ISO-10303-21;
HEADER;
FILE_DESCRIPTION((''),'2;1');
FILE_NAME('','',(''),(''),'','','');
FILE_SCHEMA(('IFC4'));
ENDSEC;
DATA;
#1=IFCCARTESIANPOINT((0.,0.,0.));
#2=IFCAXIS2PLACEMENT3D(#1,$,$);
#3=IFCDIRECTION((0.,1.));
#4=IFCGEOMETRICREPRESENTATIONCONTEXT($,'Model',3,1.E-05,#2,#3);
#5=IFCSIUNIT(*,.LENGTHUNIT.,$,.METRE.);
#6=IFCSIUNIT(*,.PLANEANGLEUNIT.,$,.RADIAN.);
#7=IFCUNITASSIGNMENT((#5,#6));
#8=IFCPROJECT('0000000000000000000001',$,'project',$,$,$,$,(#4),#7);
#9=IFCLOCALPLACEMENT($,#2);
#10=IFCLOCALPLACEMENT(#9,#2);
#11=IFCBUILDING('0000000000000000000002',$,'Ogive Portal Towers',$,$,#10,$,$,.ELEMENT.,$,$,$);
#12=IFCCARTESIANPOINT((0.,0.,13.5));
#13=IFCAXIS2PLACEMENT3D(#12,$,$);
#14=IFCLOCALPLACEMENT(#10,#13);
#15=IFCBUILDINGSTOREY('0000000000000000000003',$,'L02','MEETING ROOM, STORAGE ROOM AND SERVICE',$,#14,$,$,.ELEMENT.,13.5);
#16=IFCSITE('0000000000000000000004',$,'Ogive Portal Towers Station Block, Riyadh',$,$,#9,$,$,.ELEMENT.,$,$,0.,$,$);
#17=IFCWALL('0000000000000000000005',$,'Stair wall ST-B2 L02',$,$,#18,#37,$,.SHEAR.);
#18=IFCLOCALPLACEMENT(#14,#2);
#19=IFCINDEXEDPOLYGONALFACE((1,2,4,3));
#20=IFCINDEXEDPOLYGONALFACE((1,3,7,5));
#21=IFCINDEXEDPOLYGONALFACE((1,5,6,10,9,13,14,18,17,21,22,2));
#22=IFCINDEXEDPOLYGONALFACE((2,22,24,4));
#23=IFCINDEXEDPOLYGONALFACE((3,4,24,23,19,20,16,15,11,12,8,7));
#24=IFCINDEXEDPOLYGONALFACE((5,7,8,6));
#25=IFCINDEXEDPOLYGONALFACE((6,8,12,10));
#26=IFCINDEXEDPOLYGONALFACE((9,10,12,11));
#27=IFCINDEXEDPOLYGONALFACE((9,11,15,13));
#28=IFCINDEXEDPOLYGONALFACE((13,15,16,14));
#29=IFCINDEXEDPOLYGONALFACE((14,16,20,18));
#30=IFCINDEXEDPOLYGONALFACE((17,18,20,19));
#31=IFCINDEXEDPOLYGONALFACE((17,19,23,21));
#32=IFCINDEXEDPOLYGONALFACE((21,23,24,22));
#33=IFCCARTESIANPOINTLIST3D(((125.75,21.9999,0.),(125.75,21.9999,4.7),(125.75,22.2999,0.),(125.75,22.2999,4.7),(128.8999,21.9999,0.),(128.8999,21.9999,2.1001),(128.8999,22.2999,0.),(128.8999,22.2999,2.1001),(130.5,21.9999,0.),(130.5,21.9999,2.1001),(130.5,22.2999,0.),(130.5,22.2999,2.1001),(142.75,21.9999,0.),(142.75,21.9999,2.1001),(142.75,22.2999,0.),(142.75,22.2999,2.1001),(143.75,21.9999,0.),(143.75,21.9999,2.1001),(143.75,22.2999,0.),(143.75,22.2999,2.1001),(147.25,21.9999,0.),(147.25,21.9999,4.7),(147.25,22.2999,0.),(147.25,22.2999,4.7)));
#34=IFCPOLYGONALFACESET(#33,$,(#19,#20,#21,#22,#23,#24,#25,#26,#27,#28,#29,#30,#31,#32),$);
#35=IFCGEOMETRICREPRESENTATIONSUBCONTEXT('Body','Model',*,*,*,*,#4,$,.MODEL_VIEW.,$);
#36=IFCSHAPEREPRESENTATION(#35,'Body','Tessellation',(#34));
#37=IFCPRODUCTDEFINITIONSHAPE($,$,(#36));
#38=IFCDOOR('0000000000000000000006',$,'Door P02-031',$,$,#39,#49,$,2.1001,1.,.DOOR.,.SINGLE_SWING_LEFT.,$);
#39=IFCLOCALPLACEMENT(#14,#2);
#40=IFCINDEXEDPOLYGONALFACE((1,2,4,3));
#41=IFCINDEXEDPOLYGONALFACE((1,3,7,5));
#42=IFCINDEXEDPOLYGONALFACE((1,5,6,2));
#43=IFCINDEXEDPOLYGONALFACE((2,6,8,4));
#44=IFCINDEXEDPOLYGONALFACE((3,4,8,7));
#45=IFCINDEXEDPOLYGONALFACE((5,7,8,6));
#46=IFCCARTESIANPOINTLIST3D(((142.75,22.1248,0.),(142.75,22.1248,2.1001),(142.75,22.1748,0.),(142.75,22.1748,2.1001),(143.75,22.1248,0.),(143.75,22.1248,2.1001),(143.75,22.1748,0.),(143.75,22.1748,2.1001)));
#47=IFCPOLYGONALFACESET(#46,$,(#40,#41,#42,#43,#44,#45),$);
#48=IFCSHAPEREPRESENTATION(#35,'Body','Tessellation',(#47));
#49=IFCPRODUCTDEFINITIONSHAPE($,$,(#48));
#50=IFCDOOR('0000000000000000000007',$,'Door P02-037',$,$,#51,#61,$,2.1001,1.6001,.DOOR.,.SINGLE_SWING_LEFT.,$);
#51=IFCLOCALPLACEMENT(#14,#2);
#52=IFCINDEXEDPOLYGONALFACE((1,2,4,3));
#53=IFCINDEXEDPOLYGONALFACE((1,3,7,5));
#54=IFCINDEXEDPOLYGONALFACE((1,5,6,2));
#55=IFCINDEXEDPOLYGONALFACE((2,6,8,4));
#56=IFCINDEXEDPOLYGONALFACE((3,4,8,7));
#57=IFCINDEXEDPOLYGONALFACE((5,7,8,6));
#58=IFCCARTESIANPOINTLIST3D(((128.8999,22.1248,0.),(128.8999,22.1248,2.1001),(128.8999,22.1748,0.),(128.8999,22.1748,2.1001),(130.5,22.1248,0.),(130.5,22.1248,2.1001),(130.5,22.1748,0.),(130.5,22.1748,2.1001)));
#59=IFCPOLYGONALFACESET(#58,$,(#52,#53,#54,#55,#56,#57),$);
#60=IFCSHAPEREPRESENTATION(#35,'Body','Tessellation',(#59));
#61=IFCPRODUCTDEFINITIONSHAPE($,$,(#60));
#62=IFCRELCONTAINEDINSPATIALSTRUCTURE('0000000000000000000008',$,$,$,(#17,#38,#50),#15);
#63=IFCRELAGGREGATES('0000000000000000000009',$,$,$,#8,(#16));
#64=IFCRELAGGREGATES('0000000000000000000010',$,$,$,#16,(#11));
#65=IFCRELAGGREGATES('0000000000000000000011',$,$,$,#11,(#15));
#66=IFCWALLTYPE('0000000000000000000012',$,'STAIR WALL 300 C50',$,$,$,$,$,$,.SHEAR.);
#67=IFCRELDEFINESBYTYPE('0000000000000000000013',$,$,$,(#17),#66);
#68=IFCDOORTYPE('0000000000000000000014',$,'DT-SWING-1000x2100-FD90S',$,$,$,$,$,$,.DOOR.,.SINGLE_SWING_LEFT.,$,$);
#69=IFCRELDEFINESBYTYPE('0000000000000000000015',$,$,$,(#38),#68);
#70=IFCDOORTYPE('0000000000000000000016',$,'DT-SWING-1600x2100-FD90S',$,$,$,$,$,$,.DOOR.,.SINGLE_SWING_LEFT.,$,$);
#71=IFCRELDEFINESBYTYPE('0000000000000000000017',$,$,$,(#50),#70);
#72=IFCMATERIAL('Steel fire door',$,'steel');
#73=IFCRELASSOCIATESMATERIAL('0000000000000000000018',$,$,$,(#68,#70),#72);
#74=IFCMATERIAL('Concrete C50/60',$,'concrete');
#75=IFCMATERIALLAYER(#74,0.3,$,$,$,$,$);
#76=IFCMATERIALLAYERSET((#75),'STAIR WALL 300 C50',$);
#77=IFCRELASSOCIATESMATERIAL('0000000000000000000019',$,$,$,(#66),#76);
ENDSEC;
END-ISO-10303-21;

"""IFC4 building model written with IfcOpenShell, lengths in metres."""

from ifc_helpers import new_model, si_unit, direction, frame, frame_2d, origin, place, context, subcontext, project, spatial, rectangle, extrude, material, layer, layer_set, type_object, element, fill, save


model = new_model("IFC4")

# Units and contexts
model_context = context("Model", 3, precision=1e-05, world=origin(), true_north=direction((0.0, 1.0)))
body_context = subcontext(model_context, "Body", "Model", "MODEL_VIEW")
ifc_project = project(units=[si_unit("LENGTHUNIT", "METRE"), si_unit("PLANEANGLEUNIT", "RADIAN")], contexts=[model_context])

# Site, building, storey
site_placement = place(None, origin())
site = spatial("IfcSite", under=ifc_project, at=site_placement, Name="Ogive Portal Towers Station Block, Riyadh", CompositionType="ELEMENT", RefElevation=0.0)
building_placement = place(site_placement, origin())
building = spatial("IfcBuilding", under=site, at=building_placement, Name="Ogive Portal Towers", CompositionType="ELEMENT")
storey_placement = place(building_placement, frame((0.0, 0.0, 13.5)))
storey = spatial("IfcBuildingStorey", under=building, at=storey_placement, Name="L02", Description="MEETING ROOM, STORAGE ROOM AND SERVICE", CompositionType="ELEMENT", Elevation=13.5)

# Shared definitions
ifc_material_1 = material(Name="Concrete C50/60", Category="concrete")

# Shared definitions
ifc_material_2 = material(Name="Steel fire door", Category="steel")

# Shared definitions
door_type_1 = type_object("IfcDoorType", Name="DT-SWING-1000x2100-FD90S", OperationType="SINGLE_SWING_LEFT", PredefinedType="DOOR", material=ifc_material_2)

# Wall, openings, doors
ifc_layer_1 = layer(ifc_material_1, 0.3)
ifc_layer_set_1 = layer_set([ifc_layer_1], Name="STAIR WALL 300 C50")
wall_type_1 = type_object("IfcWallType", Name="STAIR WALL 300 C50", PredefinedType="SHEAR", material=ifc_layer_set_1)
wall_1_placement = place(storey_placement, frame((125.75, 22.1499, 0.0), z_axis=(0.0, 0.0, 1.0), x_axis=(1.0, 0.0, 0.0)))
wall_1 = element("IfcWall", 1, at=wall_1_placement, inside=storey, type_object=wall_type_1, Name="Stair wall ST-B2 L02", PredefinedType="SHEAR", context=body_context, shape_type="SweptSolid", body=[
    extrude(rectangle(XDim=21.5, YDim=0.3, at=frame_2d((10.75, 0.0))), origin(), (0.0, 0.0, 1.0), 4.7),
])
opening_1_placement = place(wall_1_placement, frame((17.0, 0.0, 0.0)))
opening_1 = element("IfcOpeningElement", 2, at=opening_1_placement, cuts=wall_1, PredefinedType="OPENING", context=body_context, shape_type="SweptSolid", body=[
    extrude(rectangle(XDim=1.0, YDim=2.1001, at=frame_2d((0.5, 1.05))), frame((0.0, 0.1602, 0.0), z_axis=(0.0, -1.0, 0.0), x_axis=(1.0, 0.0, 0.0)), (0.0, 0.0, 1.0), 0.3201),
])
opening_2_placement = place(wall_1_placement, frame((3.1499, 0.0, 0.0)))
opening_2 = element("IfcOpeningElement", 3, at=opening_2_placement, cuts=wall_1, PredefinedType="OPENING", context=body_context, shape_type="SweptSolid", body=[
    extrude(rectangle(XDim=1.6001, YDim=2.1001, at=frame_2d((0.8, 1.05))), frame((0.0, 0.1602, 0.0), z_axis=(0.0, -1.0, 0.0), x_axis=(1.0, 0.0, 0.0)), (0.0, 0.0, 1.0), 0.3201),
])
door_1_placement = place(opening_1_placement, origin())
door_1 = element("IfcDoor", 4, at=door_1_placement, inside=storey, type_object=door_type_1, Name="Door P02-031", OperationType="SINGLE_SWING_LEFT", OverallHeight=2.1001, OverallWidth=1.0, PredefinedType="DOOR", context=body_context, shape_type="SweptSolid", body=[
    extrude(rectangle(XDim=1.0, YDim=2.1001, at=frame_2d((0.5, 1.05))), frame((0.0, 0.0249, 0.0), z_axis=(0.0, -1.0, 0.0), x_axis=(1.0, 0.0, 0.0)), (0.0, 0.0, 1.0), 0.05),
])
fill(opening_1, door_1)
door_type_2 = type_object("IfcDoorType", Name="DT-SWING-1600x2100-FD90S", OperationType="SINGLE_SWING_LEFT", PredefinedType="DOOR", material=ifc_material_2)
door_2_placement = place(opening_2_placement, origin())
door_2 = element("IfcDoor", 5, at=door_2_placement, inside=storey, type_object=door_type_2, Name="Door P02-037", OperationType="SINGLE_SWING_LEFT", OverallHeight=2.1001, OverallWidth=1.6001, PredefinedType="DOOR", context=body_context, shape_type="SweptSolid", body=[
    extrude(rectangle(XDim=1.6001, YDim=2.1001, at=frame_2d((0.8, 1.05))), frame((0.0, 0.0249, 0.0), z_axis=(0.0, -1.0, 0.0), x_axis=(1.0, 0.0, 0.0)), (0.0, 0.0, 1.0), 0.05),
])
fill(opening_2, door_2)

save(model, "model.ifc")
